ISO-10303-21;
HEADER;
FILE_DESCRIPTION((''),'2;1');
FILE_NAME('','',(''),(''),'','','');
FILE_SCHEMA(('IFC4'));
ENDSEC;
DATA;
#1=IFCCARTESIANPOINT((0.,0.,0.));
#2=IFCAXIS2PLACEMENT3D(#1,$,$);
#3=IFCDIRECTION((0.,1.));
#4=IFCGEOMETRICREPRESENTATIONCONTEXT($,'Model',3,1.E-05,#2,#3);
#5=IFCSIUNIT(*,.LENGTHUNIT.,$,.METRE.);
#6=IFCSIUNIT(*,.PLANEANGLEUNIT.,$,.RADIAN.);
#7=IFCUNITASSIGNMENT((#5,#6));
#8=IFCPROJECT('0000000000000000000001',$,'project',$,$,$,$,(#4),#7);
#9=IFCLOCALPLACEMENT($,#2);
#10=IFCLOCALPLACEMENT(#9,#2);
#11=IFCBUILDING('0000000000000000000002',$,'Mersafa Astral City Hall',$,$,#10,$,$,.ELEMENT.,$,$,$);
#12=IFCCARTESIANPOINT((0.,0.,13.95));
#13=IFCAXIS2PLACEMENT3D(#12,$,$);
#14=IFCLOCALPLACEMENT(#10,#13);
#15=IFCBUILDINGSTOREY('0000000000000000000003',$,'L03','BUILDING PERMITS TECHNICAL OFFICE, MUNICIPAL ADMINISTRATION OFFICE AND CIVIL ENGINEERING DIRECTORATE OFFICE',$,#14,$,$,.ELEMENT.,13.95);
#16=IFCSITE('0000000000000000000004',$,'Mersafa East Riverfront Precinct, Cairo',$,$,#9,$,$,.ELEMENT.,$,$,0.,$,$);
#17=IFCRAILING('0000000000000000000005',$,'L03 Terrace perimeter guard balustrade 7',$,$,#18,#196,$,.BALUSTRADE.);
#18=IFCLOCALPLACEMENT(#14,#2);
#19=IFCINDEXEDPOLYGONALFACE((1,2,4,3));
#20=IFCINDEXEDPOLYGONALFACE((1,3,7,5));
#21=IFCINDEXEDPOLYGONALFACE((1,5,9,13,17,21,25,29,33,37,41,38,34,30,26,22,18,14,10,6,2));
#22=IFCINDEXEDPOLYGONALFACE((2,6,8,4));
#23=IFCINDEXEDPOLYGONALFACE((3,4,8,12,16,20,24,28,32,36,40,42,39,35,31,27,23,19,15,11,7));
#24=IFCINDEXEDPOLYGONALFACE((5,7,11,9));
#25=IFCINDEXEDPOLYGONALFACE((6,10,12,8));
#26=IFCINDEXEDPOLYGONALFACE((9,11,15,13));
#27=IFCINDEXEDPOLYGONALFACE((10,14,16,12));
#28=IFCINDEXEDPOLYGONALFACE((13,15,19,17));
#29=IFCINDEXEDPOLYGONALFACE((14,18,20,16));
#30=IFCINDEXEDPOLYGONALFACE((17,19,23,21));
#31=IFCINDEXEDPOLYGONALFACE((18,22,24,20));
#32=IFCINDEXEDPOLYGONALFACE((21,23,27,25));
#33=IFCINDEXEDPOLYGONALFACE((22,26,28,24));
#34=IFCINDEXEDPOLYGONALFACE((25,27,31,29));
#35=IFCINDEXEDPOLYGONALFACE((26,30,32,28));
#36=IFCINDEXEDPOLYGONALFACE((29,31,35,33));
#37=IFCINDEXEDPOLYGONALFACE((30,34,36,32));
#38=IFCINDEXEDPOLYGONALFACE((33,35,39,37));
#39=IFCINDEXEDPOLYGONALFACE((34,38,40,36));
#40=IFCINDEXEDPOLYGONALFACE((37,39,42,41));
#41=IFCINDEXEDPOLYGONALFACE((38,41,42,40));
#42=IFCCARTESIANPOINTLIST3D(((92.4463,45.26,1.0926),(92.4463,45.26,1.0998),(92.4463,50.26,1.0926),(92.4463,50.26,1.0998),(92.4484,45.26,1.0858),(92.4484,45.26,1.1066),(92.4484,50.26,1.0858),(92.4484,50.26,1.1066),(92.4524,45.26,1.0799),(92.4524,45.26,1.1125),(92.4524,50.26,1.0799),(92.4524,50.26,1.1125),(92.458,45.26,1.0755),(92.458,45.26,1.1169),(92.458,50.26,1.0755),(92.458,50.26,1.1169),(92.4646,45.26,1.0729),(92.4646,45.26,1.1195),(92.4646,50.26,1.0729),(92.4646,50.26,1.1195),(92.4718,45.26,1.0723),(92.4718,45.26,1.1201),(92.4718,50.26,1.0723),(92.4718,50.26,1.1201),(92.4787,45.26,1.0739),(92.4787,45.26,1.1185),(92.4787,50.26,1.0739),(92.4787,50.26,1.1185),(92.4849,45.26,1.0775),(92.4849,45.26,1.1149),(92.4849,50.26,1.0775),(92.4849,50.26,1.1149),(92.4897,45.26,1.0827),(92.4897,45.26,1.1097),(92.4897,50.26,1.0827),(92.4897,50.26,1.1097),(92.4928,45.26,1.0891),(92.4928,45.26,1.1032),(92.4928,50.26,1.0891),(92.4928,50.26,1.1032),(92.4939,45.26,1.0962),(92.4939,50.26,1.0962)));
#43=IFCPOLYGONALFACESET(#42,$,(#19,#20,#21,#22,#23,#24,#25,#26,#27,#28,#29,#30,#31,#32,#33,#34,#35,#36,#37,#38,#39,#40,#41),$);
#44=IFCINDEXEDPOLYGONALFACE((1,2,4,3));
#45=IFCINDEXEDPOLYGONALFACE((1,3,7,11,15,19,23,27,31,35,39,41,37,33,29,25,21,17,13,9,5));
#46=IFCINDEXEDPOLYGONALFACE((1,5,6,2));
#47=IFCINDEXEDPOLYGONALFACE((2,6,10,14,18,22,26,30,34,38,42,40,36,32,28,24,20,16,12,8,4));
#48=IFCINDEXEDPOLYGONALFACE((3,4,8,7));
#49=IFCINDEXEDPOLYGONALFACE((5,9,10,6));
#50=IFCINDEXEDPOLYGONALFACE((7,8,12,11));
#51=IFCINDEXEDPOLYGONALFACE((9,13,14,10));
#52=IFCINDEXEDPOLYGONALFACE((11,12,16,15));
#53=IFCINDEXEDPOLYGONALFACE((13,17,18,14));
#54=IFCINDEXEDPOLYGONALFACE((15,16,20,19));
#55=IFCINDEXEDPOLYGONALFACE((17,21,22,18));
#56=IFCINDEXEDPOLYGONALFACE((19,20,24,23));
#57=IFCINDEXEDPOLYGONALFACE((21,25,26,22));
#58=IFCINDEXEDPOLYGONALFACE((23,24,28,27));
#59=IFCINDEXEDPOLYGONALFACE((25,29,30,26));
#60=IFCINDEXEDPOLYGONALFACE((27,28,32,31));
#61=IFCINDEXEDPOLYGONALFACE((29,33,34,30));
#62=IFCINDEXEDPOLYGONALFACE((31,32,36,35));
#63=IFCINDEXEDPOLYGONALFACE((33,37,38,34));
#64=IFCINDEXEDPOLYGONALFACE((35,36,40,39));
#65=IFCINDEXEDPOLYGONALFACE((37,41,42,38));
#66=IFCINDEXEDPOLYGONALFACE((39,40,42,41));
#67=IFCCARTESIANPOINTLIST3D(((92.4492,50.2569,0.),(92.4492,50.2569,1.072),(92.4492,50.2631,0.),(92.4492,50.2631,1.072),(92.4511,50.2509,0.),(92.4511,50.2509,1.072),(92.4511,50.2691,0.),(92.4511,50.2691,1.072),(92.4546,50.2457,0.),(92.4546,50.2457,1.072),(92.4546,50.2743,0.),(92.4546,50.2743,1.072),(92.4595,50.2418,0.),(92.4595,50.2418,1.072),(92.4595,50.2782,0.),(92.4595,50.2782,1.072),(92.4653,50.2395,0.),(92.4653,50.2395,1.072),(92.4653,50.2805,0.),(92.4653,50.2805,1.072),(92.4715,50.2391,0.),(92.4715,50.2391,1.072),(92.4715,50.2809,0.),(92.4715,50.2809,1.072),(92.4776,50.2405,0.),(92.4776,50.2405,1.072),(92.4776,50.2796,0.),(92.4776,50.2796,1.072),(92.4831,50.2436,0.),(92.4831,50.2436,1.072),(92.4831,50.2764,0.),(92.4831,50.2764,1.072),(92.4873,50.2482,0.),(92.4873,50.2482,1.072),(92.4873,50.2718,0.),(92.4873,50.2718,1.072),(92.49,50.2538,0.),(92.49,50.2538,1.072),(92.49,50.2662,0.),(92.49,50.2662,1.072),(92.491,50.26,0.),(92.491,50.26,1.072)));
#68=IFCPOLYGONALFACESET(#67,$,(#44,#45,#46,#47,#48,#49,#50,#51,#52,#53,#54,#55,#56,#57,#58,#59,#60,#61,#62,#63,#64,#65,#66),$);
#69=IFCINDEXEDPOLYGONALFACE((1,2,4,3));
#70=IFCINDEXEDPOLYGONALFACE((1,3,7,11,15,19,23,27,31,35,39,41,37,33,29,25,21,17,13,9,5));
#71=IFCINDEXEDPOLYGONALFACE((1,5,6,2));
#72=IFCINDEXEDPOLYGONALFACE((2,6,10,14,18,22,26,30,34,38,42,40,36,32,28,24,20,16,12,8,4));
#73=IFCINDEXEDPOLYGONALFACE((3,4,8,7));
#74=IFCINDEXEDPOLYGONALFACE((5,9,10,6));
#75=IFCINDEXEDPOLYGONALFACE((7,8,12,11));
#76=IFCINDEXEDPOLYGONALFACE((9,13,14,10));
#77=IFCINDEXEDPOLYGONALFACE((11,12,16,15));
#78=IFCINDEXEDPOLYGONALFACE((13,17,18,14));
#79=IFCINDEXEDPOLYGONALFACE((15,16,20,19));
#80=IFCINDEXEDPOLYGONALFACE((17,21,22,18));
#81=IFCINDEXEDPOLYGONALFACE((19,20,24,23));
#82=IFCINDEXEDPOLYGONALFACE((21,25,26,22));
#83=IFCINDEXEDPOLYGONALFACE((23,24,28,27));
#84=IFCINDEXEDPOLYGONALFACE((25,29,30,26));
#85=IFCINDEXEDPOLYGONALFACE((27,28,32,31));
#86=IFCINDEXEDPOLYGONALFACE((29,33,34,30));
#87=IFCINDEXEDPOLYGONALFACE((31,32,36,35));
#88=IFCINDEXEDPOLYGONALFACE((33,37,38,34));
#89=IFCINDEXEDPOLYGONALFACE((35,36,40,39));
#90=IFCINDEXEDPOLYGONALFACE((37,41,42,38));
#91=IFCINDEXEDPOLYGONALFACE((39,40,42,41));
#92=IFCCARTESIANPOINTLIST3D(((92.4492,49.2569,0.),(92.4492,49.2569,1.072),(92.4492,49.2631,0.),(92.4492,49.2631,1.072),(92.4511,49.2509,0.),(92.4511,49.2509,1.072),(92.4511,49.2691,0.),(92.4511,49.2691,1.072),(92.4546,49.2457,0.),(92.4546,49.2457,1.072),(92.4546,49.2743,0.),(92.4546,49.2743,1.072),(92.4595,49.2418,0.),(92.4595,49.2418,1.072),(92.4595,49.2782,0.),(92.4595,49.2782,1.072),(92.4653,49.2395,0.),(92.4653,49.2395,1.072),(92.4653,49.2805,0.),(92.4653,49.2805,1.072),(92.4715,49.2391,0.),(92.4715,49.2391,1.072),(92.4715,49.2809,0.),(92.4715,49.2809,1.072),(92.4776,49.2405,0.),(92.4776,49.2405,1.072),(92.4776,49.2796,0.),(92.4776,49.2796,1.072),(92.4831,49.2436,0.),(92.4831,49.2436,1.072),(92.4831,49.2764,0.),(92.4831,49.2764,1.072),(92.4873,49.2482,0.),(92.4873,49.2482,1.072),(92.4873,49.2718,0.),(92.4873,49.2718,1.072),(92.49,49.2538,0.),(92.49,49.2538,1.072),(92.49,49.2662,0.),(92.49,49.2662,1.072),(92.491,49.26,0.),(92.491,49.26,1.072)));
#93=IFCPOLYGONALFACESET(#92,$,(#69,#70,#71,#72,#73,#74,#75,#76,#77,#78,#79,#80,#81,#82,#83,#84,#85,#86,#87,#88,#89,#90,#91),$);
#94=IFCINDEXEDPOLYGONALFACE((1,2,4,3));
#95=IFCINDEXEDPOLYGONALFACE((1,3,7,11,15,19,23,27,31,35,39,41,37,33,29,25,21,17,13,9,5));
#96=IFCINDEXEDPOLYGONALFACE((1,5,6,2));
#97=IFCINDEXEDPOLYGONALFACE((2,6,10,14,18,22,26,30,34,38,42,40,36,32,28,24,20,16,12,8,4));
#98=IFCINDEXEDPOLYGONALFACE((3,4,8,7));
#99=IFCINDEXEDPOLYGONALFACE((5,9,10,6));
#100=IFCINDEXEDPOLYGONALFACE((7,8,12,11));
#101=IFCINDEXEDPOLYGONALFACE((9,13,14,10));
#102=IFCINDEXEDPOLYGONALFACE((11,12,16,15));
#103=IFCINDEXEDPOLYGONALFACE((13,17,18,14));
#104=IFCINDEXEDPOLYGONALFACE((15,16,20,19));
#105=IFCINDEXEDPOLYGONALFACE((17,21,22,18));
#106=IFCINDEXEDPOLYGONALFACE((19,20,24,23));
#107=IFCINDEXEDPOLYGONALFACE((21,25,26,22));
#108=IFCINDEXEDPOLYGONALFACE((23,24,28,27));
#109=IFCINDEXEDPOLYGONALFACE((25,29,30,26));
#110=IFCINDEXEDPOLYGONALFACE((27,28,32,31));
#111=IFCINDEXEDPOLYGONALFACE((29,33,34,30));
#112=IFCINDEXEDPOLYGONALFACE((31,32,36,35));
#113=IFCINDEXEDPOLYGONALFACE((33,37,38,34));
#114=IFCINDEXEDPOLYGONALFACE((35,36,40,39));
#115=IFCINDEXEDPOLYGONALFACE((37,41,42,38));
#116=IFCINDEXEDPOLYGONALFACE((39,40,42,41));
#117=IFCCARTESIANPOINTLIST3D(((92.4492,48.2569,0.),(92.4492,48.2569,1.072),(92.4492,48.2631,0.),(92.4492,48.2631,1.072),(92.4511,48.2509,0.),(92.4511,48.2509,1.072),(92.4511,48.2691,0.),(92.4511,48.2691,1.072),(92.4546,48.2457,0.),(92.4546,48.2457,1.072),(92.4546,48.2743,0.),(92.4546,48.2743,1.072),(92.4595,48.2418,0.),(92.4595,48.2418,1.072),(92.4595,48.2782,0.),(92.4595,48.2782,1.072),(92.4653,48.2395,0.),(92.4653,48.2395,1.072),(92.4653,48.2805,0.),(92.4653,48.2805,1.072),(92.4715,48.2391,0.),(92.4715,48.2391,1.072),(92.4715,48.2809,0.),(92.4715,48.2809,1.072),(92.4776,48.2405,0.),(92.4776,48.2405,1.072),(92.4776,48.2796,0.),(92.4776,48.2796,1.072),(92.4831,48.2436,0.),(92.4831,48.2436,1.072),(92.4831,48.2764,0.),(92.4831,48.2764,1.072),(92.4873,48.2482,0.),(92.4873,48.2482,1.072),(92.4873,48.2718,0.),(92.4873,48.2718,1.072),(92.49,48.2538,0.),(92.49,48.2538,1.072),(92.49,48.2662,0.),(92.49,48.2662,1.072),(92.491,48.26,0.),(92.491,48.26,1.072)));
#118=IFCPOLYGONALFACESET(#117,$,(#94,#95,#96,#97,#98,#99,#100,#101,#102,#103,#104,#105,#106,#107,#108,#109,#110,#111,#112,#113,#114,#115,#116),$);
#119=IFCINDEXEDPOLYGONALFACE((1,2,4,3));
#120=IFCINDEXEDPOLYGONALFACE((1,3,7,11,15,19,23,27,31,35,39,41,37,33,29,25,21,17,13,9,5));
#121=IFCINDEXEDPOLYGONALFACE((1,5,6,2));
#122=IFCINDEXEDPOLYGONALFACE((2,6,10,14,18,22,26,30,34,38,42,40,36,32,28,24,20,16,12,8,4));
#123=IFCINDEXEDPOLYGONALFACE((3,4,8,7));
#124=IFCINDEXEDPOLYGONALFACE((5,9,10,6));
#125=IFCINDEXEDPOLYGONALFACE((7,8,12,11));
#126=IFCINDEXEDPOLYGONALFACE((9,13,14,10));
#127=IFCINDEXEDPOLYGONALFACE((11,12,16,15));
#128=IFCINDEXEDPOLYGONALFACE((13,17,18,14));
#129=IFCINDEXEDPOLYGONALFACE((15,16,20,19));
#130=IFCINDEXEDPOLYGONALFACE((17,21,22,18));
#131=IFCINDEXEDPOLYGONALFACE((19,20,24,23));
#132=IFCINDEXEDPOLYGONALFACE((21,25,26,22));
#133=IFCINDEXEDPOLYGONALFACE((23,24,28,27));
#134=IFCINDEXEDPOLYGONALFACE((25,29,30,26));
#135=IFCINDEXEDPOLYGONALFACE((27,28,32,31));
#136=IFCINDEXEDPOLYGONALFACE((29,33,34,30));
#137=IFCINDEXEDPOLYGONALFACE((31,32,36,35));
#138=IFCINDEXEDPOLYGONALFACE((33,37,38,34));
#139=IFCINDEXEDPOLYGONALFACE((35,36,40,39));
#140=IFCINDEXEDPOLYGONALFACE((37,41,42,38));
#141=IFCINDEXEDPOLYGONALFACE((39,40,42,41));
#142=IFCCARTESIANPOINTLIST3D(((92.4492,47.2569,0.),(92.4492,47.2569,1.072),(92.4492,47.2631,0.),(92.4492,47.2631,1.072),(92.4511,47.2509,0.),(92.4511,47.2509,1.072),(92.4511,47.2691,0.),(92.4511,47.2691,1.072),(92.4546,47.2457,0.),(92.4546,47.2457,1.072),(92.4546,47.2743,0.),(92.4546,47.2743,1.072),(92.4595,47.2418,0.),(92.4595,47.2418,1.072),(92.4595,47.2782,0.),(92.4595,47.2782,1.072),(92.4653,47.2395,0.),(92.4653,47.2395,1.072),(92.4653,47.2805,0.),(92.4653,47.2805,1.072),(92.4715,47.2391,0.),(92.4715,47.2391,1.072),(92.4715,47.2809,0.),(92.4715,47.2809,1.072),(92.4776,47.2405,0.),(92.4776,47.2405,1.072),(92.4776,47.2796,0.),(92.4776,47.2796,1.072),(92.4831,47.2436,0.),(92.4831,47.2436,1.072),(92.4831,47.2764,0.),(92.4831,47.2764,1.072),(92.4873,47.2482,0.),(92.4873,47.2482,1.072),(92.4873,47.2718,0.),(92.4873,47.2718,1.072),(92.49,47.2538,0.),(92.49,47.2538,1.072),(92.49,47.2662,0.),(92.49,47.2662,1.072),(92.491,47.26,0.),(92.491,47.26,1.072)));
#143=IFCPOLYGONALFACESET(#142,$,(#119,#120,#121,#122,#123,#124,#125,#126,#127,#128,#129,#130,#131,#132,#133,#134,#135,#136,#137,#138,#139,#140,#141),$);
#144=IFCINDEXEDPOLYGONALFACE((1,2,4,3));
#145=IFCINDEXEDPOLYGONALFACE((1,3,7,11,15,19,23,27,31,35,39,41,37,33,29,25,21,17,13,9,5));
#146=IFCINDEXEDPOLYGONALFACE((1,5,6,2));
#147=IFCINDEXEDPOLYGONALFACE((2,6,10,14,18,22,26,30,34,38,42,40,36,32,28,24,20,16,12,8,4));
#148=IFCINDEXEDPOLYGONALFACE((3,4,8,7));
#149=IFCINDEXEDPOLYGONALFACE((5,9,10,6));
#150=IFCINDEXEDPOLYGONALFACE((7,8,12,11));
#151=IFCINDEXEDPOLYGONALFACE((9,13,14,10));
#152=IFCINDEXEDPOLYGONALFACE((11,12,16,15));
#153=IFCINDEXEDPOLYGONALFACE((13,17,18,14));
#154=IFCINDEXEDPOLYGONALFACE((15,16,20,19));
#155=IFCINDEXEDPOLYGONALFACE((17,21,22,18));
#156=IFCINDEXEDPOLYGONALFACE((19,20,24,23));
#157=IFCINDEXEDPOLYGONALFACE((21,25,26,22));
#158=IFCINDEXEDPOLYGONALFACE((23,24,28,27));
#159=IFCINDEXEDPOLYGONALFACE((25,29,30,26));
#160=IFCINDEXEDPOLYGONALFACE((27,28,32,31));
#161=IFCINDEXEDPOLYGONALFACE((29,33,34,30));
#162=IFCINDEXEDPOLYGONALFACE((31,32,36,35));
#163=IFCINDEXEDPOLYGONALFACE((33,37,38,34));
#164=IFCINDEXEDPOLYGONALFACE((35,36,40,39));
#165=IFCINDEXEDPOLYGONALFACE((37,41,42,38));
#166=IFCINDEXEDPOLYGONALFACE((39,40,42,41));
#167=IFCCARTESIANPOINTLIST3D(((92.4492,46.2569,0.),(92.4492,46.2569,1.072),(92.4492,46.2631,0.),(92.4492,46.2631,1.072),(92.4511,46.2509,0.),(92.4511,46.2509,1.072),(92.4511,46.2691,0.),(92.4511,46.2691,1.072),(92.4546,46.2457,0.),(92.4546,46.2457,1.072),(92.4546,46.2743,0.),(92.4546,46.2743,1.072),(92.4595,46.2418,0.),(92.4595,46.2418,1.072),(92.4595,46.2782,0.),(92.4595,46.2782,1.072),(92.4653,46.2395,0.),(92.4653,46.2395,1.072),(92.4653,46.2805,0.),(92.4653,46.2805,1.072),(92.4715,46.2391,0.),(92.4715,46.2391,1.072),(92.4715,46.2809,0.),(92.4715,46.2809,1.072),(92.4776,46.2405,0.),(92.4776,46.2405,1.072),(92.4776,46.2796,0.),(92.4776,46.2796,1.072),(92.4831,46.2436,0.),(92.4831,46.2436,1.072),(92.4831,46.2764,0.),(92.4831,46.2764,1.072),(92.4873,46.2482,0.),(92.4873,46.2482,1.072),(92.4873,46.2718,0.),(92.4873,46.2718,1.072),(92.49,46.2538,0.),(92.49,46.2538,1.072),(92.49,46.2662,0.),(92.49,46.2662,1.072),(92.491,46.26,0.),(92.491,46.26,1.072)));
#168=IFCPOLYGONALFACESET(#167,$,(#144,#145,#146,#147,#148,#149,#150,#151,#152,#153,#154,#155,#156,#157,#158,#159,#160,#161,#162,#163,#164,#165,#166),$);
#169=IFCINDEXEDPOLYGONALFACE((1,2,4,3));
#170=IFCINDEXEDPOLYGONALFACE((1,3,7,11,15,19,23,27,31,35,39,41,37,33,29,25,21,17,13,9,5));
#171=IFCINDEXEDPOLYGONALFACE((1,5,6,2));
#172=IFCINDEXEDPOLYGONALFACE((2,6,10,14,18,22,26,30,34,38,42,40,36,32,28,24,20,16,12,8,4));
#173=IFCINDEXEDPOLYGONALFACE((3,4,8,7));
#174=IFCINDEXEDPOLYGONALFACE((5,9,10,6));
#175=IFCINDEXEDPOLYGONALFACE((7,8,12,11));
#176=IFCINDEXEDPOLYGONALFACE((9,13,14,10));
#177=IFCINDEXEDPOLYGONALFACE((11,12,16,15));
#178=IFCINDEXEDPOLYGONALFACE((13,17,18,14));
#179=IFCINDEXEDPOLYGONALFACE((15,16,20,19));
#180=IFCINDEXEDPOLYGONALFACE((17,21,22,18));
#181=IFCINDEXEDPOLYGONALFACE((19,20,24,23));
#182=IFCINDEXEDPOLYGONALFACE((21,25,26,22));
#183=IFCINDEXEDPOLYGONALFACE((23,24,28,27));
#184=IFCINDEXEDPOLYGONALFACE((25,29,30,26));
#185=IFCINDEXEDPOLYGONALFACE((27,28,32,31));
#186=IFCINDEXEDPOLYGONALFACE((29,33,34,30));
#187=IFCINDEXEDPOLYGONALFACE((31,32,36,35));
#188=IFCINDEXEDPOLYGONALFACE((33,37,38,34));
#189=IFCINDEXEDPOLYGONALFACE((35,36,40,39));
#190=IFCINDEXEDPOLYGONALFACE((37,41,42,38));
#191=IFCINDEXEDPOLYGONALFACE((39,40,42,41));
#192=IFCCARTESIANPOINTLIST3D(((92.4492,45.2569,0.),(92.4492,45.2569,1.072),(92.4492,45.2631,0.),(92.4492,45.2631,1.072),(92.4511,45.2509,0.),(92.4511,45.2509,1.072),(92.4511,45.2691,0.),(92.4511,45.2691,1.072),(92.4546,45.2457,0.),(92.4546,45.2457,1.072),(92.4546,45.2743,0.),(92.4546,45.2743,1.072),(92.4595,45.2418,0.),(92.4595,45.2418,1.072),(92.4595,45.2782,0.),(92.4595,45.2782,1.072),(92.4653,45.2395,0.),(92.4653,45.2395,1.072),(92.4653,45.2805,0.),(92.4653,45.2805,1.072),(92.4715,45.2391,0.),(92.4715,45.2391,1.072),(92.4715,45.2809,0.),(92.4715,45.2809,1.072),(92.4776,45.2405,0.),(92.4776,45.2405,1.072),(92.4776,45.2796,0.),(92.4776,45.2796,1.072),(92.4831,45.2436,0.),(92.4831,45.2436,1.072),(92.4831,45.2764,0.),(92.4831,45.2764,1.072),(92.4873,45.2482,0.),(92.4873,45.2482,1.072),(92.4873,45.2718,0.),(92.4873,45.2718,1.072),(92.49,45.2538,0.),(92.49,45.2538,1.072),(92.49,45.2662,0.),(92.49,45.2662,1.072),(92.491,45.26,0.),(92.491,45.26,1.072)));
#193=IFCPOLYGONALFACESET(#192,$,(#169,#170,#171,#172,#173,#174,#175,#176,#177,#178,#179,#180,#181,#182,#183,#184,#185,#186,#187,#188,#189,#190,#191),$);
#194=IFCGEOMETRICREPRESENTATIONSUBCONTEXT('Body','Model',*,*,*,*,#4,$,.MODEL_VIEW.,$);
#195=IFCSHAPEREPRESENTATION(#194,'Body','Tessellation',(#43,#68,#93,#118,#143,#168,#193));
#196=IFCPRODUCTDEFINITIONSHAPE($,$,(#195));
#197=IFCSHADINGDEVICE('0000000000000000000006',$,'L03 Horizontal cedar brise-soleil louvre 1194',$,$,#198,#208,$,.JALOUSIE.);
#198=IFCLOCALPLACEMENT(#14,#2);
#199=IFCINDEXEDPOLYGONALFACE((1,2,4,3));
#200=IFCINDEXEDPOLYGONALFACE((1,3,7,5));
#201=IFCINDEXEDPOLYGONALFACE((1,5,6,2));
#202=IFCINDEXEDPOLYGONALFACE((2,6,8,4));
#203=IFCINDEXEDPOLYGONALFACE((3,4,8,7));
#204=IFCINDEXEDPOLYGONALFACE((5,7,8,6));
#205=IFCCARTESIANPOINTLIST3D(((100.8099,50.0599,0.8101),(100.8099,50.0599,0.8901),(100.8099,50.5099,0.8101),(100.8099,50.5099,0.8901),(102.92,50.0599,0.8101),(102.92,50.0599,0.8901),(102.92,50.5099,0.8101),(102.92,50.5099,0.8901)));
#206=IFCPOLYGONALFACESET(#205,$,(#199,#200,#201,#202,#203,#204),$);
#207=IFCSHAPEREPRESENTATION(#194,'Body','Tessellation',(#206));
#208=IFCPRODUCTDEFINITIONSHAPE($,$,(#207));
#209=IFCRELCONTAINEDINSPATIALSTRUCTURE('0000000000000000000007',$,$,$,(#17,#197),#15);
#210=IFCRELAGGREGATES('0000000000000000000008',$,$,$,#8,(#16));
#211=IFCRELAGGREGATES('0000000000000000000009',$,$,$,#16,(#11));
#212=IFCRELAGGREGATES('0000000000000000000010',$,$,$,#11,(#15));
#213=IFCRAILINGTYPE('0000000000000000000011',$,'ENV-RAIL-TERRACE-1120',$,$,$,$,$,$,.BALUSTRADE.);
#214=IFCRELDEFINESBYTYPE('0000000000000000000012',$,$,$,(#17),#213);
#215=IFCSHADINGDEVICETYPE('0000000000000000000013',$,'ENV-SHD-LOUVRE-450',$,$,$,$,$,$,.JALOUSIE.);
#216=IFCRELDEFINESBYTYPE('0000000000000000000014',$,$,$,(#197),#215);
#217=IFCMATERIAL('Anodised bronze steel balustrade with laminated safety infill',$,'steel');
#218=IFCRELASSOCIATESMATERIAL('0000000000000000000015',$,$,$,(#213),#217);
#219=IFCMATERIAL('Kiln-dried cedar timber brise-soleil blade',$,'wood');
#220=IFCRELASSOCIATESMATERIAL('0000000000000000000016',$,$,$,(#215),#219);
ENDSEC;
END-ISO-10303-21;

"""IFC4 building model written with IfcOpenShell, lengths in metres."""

from ifc_helpers import new_model, si_unit, direction, frame, origin, origin_2d, place, context, subcontext, project, spatial, rectangle, circle, extrude, material, type_object, element, save


model = new_model("IFC4")

# Units and contexts
model_context = context("Model", 3, precision=1e-05, world=origin(), true_north=direction((0.0, 1.0)))
body_context = subcontext(model_context, "Body", "Model", "MODEL_VIEW")
ifc_project = project(units=[si_unit("LENGTHUNIT", "METRE"), si_unit("PLANEANGLEUNIT", "RADIAN")], contexts=[model_context])

# Site, building, storey
site_placement = place(None, origin())
site = spatial("IfcSite", under=ifc_project, at=site_placement, Name="Mersafa East Riverfront Precinct, Cairo", CompositionType="ELEMENT", RefElevation=0.0)
building_placement = place(site_placement, origin())
building = spatial("IfcBuilding", under=site, at=building_placement, Name="Mersafa Astral City Hall", CompositionType="ELEMENT")
storey_placement = place(building_placement, frame((0.0, 0.0, 13.95)))
storey = spatial("IfcBuildingStorey", under=building, at=storey_placement, Name="L03", Description="BUILDING PERMITS TECHNICAL OFFICE, MUNICIPAL ADMINISTRATION OFFICE AND CIVIL ENGINEERING DIRECTORATE OFFICE", CompositionType="ELEMENT", Elevation=13.95)

# Railing
ifc_material_1 = material(Name="Anodised bronze steel balustrade with laminated safety infill", Category="steel")
railing_type = type_object("IfcRailingType", Name="ENV-RAIL-TERRACE-1120", PredefinedType="BALUSTRADE", material=ifc_material_1)
railing_placement = place(storey_placement, frame((92.47, 50.26, 0.0)))
element("IfcRailing", 1, at=railing_placement, inside=storey, type_object=railing_type, Name="L03 Terrace perimeter guard balustrade 7", PredefinedType="BALUSTRADE", context=body_context, shape_type="SweptSolid", body=[
    extrude(circle(Radius=0.0239, at=origin_2d()), frame((0.0, 0.0, 1.0962), z_axis=(0.0, -1.0, 0.0), x_axis=(1.0, 0.0, 0.0)), (0.0, 0.0, 1.0), 5.0),
    extrude(circle(Radius=0.021, at=origin_2d()), origin(), (0.0, 0.0, 1.0), 1.072),
    extrude(circle(Radius=0.021, at=origin_2d()), frame((0.0, -1.0, 0.0)), (0.0, 0.0, 1.0), 1.072),
    extrude(circle(Radius=0.021, at=origin_2d()), frame((0.0, -2.0, 0.0)), (0.0, 0.0, 1.0), 1.072),
    extrude(circle(Radius=0.021, at=origin_2d()), frame((0.0, -3.0, 0.0)), (0.0, 0.0, 1.0), 1.072),
    extrude(circle(Radius=0.021, at=origin_2d()), frame((0.0, -4.0, 0.0)), (0.0, 0.0, 1.0), 1.072),
    extrude(circle(Radius=0.021, at=origin_2d()), frame((0.0, -5.0, 0.0)), (0.0, 0.0, 1.0), 1.072),
])

# Shading device
ifc_material_2 = material(Name="Kiln-dried cedar timber brise-soleil blade", Category="wood")
shading_device_type = type_object("IfcShadingDeviceType", Name="ENV-SHD-LOUVRE-450", PredefinedType="JALOUSIE", material=ifc_material_2)
shading_device_1_placement = place(storey_placement, frame((101.865, 50.2849, 0.8101), z_axis=(0.0, 0.0, 1.0), x_axis=(1.0, 0.0, 0.0)))
element("IfcShadingDevice", 2, at=shading_device_1_placement, inside=storey, type_object=shading_device_type, Name="L03 Horizontal cedar brise-soleil louvre 1194", PredefinedType="JALOUSIE", context=body_context, shape_type="SweptSolid", body=[
    extrude(rectangle(XDim=2.1101, YDim=0.45, at=origin_2d()), origin(), (0.0, 0.0, 1.0), 0.0801),
])

save(model, "model.ifc")
